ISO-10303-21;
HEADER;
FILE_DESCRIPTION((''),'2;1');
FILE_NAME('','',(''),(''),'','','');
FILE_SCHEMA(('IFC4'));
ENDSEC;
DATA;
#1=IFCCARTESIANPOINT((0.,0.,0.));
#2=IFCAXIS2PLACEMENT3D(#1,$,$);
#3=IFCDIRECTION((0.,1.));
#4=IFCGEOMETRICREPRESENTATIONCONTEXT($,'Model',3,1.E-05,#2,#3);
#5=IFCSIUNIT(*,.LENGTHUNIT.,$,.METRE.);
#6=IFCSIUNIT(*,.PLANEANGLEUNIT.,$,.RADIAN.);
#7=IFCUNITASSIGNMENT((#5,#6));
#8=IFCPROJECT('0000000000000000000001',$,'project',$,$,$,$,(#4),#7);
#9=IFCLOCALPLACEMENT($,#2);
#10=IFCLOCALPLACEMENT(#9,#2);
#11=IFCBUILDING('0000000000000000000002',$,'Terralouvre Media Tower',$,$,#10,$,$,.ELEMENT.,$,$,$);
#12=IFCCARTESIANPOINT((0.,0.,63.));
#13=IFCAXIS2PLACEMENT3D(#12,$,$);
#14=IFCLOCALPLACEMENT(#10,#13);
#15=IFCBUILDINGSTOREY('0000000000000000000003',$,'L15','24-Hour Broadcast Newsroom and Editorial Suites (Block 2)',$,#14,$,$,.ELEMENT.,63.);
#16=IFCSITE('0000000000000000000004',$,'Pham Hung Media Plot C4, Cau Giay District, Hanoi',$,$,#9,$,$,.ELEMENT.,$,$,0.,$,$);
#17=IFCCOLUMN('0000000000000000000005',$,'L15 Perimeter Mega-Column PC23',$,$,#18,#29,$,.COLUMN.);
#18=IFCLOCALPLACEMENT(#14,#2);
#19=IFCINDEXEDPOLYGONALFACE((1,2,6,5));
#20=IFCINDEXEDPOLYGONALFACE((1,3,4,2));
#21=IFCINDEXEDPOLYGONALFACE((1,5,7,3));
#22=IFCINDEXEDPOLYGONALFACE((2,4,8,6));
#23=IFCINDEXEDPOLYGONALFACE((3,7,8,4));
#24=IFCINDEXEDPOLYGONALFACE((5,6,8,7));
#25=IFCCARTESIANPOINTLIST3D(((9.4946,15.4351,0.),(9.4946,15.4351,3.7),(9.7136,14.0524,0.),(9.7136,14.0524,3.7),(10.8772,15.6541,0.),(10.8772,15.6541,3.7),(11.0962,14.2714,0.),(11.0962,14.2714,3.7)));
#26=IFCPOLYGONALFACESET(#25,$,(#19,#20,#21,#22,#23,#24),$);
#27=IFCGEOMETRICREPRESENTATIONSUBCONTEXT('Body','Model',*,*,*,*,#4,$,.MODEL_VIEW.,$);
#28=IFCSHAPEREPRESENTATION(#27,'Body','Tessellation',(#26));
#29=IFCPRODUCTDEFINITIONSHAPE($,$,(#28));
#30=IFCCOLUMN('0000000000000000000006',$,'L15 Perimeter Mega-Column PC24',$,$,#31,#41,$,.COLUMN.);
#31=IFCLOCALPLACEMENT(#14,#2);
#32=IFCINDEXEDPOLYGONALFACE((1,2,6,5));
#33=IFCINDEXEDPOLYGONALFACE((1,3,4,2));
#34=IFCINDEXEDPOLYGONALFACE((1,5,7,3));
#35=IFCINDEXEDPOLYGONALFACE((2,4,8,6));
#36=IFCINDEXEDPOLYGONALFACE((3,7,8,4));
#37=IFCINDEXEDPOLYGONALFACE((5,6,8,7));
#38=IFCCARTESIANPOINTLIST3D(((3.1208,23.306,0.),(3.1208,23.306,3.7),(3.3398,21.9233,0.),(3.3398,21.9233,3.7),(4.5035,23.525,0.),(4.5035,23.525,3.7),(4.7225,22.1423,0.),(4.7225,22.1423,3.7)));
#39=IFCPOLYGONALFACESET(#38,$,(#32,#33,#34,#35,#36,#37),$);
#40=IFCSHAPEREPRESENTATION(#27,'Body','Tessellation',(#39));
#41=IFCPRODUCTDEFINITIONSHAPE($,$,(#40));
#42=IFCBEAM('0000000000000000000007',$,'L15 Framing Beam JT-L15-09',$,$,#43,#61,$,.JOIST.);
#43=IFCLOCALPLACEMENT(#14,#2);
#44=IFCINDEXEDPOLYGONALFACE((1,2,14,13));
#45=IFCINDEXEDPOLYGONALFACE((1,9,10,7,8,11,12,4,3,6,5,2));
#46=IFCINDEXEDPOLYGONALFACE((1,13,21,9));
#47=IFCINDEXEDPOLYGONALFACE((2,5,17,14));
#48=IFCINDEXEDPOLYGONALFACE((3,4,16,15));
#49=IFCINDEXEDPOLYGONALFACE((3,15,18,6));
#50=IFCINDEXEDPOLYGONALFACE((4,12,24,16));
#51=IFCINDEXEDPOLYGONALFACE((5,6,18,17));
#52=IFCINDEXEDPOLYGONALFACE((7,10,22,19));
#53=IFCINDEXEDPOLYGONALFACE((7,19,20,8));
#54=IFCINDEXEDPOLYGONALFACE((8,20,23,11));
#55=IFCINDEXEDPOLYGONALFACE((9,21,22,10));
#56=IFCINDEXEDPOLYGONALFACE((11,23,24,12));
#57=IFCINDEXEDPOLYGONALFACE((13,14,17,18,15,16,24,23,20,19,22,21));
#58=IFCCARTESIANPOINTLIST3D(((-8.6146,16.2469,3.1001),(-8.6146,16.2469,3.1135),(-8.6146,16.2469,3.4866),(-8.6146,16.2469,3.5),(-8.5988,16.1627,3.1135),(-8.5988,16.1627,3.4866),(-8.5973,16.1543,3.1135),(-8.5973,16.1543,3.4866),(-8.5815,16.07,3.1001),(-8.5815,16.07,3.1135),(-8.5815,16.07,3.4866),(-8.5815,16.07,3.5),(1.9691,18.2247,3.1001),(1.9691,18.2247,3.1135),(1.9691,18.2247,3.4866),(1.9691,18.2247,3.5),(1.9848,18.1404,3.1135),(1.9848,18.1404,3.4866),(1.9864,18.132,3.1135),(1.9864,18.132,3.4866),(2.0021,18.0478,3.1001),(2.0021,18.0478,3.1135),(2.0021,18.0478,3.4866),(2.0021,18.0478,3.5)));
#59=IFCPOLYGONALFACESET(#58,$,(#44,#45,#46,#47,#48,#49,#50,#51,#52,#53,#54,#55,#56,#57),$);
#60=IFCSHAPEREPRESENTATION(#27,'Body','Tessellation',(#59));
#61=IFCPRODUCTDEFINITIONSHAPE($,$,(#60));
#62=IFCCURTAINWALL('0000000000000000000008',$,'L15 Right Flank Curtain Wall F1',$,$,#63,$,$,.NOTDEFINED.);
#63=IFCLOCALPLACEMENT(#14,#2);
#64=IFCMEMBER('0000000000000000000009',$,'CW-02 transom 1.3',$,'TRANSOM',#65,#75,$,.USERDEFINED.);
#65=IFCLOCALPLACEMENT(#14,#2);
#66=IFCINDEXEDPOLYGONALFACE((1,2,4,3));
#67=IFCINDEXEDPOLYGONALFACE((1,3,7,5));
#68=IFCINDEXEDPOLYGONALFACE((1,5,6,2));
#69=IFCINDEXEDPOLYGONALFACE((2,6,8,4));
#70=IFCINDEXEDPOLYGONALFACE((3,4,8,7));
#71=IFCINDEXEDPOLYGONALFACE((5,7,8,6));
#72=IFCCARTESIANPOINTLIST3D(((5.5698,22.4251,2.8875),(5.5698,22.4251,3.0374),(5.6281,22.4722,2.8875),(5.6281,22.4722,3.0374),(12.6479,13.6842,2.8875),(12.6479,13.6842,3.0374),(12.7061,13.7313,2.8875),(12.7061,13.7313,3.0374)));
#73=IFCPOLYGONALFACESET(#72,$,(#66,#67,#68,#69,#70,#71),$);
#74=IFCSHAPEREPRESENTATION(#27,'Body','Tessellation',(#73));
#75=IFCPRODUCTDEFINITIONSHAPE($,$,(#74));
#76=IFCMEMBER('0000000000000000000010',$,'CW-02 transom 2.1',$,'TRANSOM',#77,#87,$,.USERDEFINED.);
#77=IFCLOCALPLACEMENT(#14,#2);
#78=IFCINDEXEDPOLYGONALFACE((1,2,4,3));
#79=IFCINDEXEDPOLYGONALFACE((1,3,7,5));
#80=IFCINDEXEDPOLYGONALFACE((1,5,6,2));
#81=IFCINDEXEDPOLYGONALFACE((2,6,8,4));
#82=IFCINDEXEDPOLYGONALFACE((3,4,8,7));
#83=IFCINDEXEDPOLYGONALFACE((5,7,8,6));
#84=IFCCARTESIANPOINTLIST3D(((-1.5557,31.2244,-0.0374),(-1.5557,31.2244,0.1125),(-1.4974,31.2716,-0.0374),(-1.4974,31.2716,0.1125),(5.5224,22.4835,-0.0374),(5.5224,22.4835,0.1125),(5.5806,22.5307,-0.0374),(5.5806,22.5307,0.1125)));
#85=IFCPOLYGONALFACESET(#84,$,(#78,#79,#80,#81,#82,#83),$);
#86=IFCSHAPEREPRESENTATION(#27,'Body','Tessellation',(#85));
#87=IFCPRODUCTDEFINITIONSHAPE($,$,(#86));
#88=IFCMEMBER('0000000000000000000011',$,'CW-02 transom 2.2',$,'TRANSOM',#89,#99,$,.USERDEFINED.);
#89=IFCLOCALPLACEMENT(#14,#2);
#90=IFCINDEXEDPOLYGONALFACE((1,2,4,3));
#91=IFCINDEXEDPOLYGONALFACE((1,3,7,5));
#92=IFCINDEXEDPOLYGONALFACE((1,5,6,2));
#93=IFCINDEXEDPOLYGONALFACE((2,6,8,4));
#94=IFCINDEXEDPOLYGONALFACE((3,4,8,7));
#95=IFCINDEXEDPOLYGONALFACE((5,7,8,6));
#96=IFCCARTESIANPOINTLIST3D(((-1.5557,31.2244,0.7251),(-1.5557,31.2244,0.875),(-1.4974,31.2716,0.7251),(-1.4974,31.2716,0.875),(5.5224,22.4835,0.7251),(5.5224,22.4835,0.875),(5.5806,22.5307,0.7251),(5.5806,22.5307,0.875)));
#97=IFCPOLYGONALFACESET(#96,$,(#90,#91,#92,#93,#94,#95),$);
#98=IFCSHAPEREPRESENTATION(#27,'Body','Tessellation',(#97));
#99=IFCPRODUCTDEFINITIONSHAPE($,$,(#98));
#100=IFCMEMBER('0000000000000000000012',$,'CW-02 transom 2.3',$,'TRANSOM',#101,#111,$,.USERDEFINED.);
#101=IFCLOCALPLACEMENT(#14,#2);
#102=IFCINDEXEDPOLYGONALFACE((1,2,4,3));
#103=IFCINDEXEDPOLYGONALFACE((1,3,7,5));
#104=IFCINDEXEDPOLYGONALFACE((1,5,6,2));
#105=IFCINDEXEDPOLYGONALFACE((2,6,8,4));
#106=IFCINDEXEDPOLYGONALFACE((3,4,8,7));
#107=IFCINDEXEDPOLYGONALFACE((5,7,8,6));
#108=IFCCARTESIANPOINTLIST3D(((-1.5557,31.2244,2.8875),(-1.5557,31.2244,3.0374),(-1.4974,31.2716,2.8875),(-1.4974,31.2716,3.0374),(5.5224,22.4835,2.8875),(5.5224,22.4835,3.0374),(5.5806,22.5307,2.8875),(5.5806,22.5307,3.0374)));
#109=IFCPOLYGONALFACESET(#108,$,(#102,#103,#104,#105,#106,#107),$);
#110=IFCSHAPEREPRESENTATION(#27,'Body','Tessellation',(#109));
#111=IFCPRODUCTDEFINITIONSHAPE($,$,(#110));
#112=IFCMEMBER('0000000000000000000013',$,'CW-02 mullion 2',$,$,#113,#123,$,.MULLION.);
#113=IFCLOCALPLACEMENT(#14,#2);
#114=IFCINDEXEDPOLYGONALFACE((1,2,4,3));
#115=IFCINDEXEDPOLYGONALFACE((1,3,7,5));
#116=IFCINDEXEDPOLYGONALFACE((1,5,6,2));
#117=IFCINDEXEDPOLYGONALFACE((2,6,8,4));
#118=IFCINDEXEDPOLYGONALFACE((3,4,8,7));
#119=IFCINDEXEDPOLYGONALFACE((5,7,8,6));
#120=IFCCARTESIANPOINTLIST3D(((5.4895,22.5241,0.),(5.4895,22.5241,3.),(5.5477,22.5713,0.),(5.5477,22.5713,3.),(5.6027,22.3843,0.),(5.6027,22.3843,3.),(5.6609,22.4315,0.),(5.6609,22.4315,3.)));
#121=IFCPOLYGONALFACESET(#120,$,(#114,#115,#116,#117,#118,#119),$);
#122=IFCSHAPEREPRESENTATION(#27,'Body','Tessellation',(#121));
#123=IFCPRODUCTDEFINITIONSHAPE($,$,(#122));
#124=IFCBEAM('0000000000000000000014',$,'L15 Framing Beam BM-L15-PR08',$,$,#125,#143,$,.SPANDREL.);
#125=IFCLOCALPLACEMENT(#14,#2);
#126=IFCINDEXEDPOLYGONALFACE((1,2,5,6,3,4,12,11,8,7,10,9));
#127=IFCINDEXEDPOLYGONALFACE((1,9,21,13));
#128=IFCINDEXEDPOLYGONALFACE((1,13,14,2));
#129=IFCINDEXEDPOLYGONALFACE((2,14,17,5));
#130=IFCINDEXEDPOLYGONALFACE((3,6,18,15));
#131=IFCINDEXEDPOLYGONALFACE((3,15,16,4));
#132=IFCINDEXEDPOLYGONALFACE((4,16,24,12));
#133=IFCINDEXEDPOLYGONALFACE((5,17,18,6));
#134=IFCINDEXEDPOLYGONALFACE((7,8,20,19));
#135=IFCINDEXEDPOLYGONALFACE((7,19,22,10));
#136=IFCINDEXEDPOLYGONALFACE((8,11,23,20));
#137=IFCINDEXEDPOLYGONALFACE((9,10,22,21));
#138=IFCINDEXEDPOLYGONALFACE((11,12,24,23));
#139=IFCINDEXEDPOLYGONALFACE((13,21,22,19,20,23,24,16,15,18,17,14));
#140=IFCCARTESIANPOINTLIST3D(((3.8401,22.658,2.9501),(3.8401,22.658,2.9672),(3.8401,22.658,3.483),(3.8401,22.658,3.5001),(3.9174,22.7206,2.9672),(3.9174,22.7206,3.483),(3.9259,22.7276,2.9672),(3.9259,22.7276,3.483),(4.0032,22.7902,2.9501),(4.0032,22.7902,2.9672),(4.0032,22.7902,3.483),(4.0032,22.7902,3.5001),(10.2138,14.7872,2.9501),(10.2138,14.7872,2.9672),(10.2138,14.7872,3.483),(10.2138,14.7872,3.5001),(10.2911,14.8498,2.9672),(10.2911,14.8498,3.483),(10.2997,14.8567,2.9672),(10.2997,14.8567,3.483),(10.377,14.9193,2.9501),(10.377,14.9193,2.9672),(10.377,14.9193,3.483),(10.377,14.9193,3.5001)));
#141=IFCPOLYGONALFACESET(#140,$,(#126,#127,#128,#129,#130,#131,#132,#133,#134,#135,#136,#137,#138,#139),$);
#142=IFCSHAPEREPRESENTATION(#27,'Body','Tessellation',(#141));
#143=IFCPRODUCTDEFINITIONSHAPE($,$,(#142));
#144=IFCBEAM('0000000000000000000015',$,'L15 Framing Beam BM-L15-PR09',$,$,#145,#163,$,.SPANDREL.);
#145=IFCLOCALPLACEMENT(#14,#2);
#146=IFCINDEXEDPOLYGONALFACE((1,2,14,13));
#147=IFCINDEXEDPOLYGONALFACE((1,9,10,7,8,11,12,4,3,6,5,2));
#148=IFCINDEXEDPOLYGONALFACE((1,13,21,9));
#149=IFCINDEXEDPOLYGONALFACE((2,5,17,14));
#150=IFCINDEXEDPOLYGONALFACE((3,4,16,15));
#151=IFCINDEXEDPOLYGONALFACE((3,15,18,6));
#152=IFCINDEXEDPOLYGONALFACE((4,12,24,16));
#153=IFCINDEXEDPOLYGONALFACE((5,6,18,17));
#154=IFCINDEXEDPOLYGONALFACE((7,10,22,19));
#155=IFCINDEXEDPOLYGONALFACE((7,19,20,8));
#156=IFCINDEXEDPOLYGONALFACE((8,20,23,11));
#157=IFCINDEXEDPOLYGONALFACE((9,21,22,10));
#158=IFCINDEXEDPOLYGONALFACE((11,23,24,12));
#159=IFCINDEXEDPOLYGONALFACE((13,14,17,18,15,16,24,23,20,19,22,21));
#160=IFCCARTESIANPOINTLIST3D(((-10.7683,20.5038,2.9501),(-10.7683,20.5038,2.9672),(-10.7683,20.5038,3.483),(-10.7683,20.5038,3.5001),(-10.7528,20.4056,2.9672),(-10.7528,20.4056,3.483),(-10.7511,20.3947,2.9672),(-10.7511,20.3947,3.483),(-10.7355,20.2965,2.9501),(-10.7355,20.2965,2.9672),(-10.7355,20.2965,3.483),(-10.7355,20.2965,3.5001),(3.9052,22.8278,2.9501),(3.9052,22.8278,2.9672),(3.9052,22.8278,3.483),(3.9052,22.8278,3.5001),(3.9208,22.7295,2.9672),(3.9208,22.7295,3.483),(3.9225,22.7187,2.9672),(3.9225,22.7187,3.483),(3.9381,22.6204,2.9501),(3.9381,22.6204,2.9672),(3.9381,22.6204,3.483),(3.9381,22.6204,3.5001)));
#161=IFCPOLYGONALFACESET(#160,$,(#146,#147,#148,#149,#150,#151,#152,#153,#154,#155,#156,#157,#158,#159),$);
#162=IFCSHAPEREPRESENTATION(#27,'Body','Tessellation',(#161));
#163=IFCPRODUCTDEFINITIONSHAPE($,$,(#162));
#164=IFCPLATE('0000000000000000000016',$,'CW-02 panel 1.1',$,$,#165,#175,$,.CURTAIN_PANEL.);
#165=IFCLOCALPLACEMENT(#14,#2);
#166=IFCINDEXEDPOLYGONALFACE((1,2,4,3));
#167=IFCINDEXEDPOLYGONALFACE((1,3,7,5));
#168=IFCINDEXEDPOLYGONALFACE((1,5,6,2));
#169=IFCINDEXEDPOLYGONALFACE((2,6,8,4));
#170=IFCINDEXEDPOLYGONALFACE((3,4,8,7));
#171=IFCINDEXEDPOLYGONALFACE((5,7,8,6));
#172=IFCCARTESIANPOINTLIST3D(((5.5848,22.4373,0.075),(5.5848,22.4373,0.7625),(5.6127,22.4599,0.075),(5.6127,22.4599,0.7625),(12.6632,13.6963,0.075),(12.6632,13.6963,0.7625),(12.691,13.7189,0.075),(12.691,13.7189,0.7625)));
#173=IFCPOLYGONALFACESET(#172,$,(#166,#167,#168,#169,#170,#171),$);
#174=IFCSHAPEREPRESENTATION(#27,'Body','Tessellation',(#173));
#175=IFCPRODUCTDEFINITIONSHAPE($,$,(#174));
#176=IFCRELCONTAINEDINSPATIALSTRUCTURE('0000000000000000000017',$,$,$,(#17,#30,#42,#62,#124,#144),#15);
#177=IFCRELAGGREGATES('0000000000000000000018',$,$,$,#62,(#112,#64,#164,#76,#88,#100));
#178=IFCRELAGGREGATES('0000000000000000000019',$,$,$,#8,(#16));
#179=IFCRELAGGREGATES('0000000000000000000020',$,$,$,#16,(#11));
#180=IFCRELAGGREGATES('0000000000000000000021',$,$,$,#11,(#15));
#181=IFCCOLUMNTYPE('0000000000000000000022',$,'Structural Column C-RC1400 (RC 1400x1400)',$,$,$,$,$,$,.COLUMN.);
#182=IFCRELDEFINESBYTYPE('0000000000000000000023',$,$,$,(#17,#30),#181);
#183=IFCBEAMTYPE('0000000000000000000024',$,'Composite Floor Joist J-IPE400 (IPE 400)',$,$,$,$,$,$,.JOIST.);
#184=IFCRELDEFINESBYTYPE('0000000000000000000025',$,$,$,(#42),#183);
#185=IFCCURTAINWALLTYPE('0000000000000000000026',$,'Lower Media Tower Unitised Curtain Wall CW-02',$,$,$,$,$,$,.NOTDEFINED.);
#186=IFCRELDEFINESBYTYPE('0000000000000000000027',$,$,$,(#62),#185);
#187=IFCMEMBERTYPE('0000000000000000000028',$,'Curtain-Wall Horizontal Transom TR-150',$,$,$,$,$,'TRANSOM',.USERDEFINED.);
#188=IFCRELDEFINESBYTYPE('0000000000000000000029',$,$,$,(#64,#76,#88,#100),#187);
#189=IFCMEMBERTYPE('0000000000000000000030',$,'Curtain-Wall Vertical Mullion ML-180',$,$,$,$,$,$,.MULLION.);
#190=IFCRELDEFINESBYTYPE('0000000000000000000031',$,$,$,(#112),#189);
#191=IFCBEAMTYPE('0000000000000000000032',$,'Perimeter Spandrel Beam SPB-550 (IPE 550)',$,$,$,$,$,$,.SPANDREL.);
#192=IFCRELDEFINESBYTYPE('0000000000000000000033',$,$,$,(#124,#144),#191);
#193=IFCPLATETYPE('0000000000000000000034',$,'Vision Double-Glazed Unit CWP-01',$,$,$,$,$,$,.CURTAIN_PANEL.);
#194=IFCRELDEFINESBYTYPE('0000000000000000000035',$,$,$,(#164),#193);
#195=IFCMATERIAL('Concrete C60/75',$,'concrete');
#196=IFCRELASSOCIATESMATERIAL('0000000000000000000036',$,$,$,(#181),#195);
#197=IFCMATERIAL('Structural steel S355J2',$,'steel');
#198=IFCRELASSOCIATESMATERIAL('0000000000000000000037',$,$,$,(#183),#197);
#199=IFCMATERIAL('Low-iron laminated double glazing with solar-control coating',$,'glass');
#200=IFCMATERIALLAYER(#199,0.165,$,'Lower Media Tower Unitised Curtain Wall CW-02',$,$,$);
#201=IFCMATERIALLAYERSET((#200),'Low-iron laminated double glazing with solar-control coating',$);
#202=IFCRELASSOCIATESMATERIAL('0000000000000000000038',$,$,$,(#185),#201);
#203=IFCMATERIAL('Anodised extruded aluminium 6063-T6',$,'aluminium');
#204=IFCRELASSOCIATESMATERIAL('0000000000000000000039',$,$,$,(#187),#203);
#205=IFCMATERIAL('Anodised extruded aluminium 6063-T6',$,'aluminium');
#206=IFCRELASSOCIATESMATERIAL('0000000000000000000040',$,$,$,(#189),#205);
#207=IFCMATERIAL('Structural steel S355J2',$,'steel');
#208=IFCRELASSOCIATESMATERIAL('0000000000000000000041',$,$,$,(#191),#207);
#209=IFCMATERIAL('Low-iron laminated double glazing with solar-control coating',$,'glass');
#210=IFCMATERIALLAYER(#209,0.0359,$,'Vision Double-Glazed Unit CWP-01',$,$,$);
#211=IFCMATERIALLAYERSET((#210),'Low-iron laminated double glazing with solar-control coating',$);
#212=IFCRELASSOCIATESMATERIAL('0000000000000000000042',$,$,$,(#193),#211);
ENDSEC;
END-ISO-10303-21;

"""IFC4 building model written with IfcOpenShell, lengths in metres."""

from ifc_helpers import new_model, si_unit, direction, frame, origin, origin_2d, place, context, subcontext, project, spatial, rectangle, i_section, extrude, material, layer, layer_set, material_profile, profile_set, type_object, element, aggregate, save


model = new_model("IFC4")

# Units and contexts
model_context = context("Model", 3, precision=1e-05, world=origin(), true_north=direction((0.0, 1.0)))
body_context = subcontext(model_context, "Body", "Model", "MODEL_VIEW")
ifc_project = project(units=[si_unit("LENGTHUNIT", "METRE"), si_unit("PLANEANGLEUNIT", "RADIAN")], contexts=[model_context])

# Site, building, storey
site_placement = place(None, origin())
site = spatial("IfcSite", under=ifc_project, at=site_placement, Name="Pham Hung Media Plot C4, Cau Giay District, Hanoi", CompositionType="ELEMENT", RefElevation=0.0)
building_placement = place(site_placement, origin())
building = spatial("IfcBuilding", under=site, at=building_placement, Name="Terralouvre Media Tower", CompositionType="ELEMENT")
storey_placement = place(building_placement, frame((0.0, 0.0, 63.0)))
storey = spatial("IfcBuildingStorey", under=building, at=storey_placement, Name="L15", Description="24-Hour Broadcast Newsroom and Editorial Suites (Block 2)", CompositionType="ELEMENT", Elevation=63.0)

# Columns
ifc_material_1 = material(Name="Concrete C60/75", Category="concrete")
ifc_material_profile_1 = material_profile(ifc_material_1, rectangle(XDim=1.3999, YDim=1.3999, at=origin_2d()), Name="RC 1400x1400")
ifc_profile_set_1 = profile_set([ifc_material_profile_1], Name="Concrete C60/75")
column_type = type_object("IfcColumnType", Name="Structural Column C-RC1400 (RC 1400x1400)", PredefinedType="COLUMN", material=ifc_profile_set_1)
for number, where, z_axis, x_axis, name in (
    (1, (10.2954, 14.8533, 0.0), (0.0, 0.0, 1.0), (0.987688, 0.156434, 0.0), "L15 Perimeter Mega-Column PC23"),
    (2, (3.9216, 22.7241, 0.0), (0.0, 0.0, 1.0), (0.987688, 0.156434, 0.0), "L15 Perimeter Mega-Column PC24"),
):
    element("IfcColumn", number, at=place(storey_placement, frame(where, z_axis=z_axis, x_axis=x_axis)), inside=storey, type_object=column_type, Name=name, PredefinedType="COLUMN", context=body_context, shape_type="SweptSolid", body=[
        extrude(rectangle(XDim=1.3999, YDim=1.3999, at=origin_2d()), origin(), (0.0, 0.0, 1.0), 3.7),
    ])

# Beam
ifc_material_2 = material(Name="Structural steel S355J2", Category="steel")
ifc_material_profile_2 = material_profile(ifc_material_2, i_section(OverallWidth=0.1799, OverallDepth=0.3999, WebThickness=0.0085, FlangeThickness=0.0134, at=origin_2d()), Name="IPE 400")
ifc_profile_set_2 = profile_set([ifc_material_profile_2], Name="Structural steel S355J2")
beam_type_1 = type_object("IfcBeamType", Name="Composite Floor Joist J-IPE400 (IPE 400)", PredefinedType="JOIST", material=ifc_profile_set_2)
beam_1_placement = place(storey_placement, frame((1.9856, 18.1362, 3.3), z_axis=(-0.982984, -0.18369, 0.0), x_axis=(0.18369, -0.982984, 0.0)))
element("IfcBeam", 3, at=beam_1_placement, inside=storey, type_object=beam_type_1, Name="L15 Framing Beam JT-L15-09", PredefinedType="JOIST", context=body_context, shape_type="SweptSolid", body=[
    extrude(i_section(OverallWidth=0.1799, OverallDepth=0.3999, WebThickness=0.0085, FlangeThickness=0.0134, at=origin_2d()), origin(), (0.0, 0.0, 1.0), 10.7668),
])

# Curtain wall, members
ifc_material_3 = material(Name="Low-iron laminated double glazing with solar-control coating", Category="glass")
ifc_layer_1 = layer(ifc_material_3, 0.165, Name="Lower Media Tower Unitised Curtain Wall CW-02")
ifc_layer_set_1 = layer_set([ifc_layer_1], Name="Low-iron laminated double glazing with solar-control coating")
curtain_wall_type = type_object("IfcCurtainWallType", Name="Lower Media Tower Unitised Curtain Wall CW-02", PredefinedType="NOTDEFINED", material=ifc_layer_set_1)
curtain_wall_placement = place(storey_placement, origin())
curtain_wall = element("IfcCurtainWall", 4, at=curtain_wall_placement, inside=storey, type_object=curtain_wall_type, Name="L15 Right Flank Curtain Wall F1", PredefinedType="NOTDEFINED")
ifc_material_4 = material(Name="Anodised extruded aluminium 6063-T6", Category="aluminium")
ifc_material_profile_3 = material_profile(ifc_material_4, rectangle(XDim=0.075, YDim=0.1499, at=origin_2d()), Name="ALU 75x150")
ifc_profile_set_3 = profile_set([ifc_material_profile_3], Name="Anodised extruded aluminium 6063-T6")
member_type_1 = type_object("IfcMemberType", Name="Curtain-Wall Horizontal Transom TR-150", ElementType="TRANSOM", PredefinedType="USERDEFINED", material=ifc_profile_set_3)
member_1_placement = place(storey_placement, frame((12.677, 13.7078, 2.9624), z_axis=(-0.629311, 0.777153, 0.0), x_axis=(-0.777153, -0.629311, 0.0)))
member_1 = element("IfcMember", 5, at=member_1_placement, type_object=member_type_1, Name="CW-02 transom 1.3", ObjectType="TRANSOM", PredefinedType="USERDEFINED", context=body_context, shape_type="SweptSolid", body=[
    extrude(rectangle(XDim=0.075, YDim=0.1499, at=origin_2d()), origin(), (0.0, 0.0, 1.0), 11.2473),
])
member_2_placement = place(storey_placement, frame((5.5515, 22.5071, 0.0376), z_axis=(-0.629311, 0.777153, 0.0), x_axis=(-0.777153, -0.629311, 0.0)))
member_2 = element("IfcMember", 6, at=member_2_placement, type_object=member_type_1, Name="CW-02 transom 2.1", ObjectType="TRANSOM", PredefinedType="USERDEFINED", context=body_context, shape_type="SweptSolid", body=[
    extrude(rectangle(XDim=0.075, YDim=0.1499, at=origin_2d()), origin(), (0.0, 0.0, 1.0), 11.2473),
])
member_3_placement = place(storey_placement, frame((5.5515, 22.5071, 0.8), z_axis=(-0.629311, 0.777153, 0.0), x_axis=(-0.777153, -0.629311, 0.0)))
member_3 = element("IfcMember", 7, at=member_3_placement, type_object=member_type_1, Name="CW-02 transom 2.2", ObjectType="TRANSOM", PredefinedType="USERDEFINED", context=body_context, shape_type="SweptSolid", body=[
    extrude(rectangle(XDim=0.075, YDim=0.1499, at=origin_2d()), origin(), (0.0, 0.0, 1.0), 11.2473),
])
member_4_placement = place(storey_placement, frame((5.5515, 22.5071, 2.9624), z_axis=(-0.629311, 0.777153, 0.0), x_axis=(-0.777153, -0.629311, 0.0)))
member_4 = element("IfcMember", 8, at=member_4_placement, type_object=member_type_1, Name="CW-02 transom 2.3", ObjectType="TRANSOM", PredefinedType="USERDEFINED", context=body_context, shape_type="SweptSolid", body=[
    extrude(rectangle(XDim=0.075, YDim=0.1499, at=origin_2d()), origin(), (0.0, 0.0, 1.0), 11.2473),
])
ifc_material_5 = material(Name="Anodised extruded aluminium 6063-T6", Category="aluminium")
ifc_material_profile_4 = material_profile(ifc_material_5, rectangle(XDim=0.075, YDim=0.1799, at=origin_2d()), Name="ALU 75x180")
ifc_profile_set_4 = profile_set([ifc_material_profile_4], Name="Anodised extruded aluminium 6063-T6")
member_type_2 = type_object("IfcMemberType", Name="Curtain-Wall Vertical Mullion ML-180", PredefinedType="MULLION", material=ifc_profile_set_4)
member_5_placement = place(storey_placement, frame((5.5752, 22.4778, 0.0), z_axis=(0.0, 0.0, 1.0), x_axis=(-0.777146, -0.629321, 0.0)))
member_5 = element("IfcMember", 9, at=member_5_placement, type_object=member_type_2, Name="CW-02 mullion 2", PredefinedType="MULLION", context=body_context, shape_type="SweptSolid", body=[
    extrude(rectangle(XDim=0.075, YDim=0.1799, at=origin_2d()), origin(), (0.0, 0.0, 1.0), 3.0),
])

# Beams
ifc_material_6 = material(Name="Structural steel S355J2", Category="steel")
ifc_material_profile_5 = material_profile(ifc_material_6, i_section(OverallWidth=0.21, OverallDepth=0.55, WebThickness=0.011, FlangeThickness=0.0171, at=origin_2d()), Name="IPE 550")
ifc_profile_set_5 = profile_set([ifc_material_profile_5], Name="Structural steel S355J2")
beam_type_2 = type_object("IfcBeamType", Name="Perimeter Spandrel Beam SPB-550 (IPE 550)", PredefinedType="SPANDREL", material=ifc_profile_set_5)
beam_2_placement = place(storey_placement, frame((10.2954, 14.8533, 3.2251), z_axis=(-0.629326, 0.777142, 0.0), x_axis=(-0.777142, -0.629326, 0.0)))
element("IfcBeam", 10, at=beam_2_placement, inside=storey, type_object=beam_type_2, Name="L15 Framing Beam BM-L15-PR08", PredefinedType="SPANDREL", context=body_context, shape_type="SweptSolid", body=[
    extrude(i_section(OverallWidth=0.21, OverallDepth=0.55, WebThickness=0.011, FlangeThickness=0.0171, at=origin_2d()), origin(), (0.0, 0.0, 1.0), 10.1279),
])
beam_3_placement = place(storey_placement, frame((3.9216, 22.7241, 3.2251), z_axis=(-0.987689, -0.156428, 0.0), x_axis=(0.156428, -0.987689, 0.0)))
element("IfcBeam", 11, at=beam_3_placement, inside=storey, type_object=beam_type_2, Name="L15 Framing Beam BM-L15-PR09", PredefinedType="SPANDREL", context=body_context, shape_type="SweptSolid", body=[
    extrude(i_section(OverallWidth=0.21, OverallDepth=0.55, WebThickness=0.011, FlangeThickness=0.0171, at=origin_2d()), origin(), (0.0, 0.0, 1.0), 14.8564),
])

# Plate
ifc_material_7 = material(Name="Low-iron laminated double glazing with solar-control coating", Category="glass")
ifc_layer_2 = layer(ifc_material_7, 0.0359, Name="Vision Double-Glazed Unit CWP-01")
ifc_layer_set_2 = layer_set([ifc_layer_2], Name="Low-iron laminated double glazing with solar-control coating")
plate_type = type_object("IfcPlateType", Name="Vision Double-Glazed Unit CWP-01", PredefinedType="CURTAIN_PANEL", material=ifc_layer_set_2)
plate_1_placement = place(storey_placement, frame((9.1379, 18.0781, 0.075), z_axis=(0.0, 0.0, 1.0), x_axis=(-0.629321, 0.777146, 0.0)))
plate_1 = element("IfcPlate", 12, at=plate_1_placement, type_object=plate_type, Name="CW-02 panel 1.1", PredefinedType="CURTAIN_PANEL", context=body_context, shape_type="SweptSolid", body=[
    extrude(rectangle(XDim=11.2476, YDim=0.0359, at=origin_2d()), origin(), (0.0, 0.0, 1.0), 0.6875),
])
aggregate(curtain_wall, [member_5, member_1, plate_1, member_2, member_3, member_4])

save(model, "model.ifc")
